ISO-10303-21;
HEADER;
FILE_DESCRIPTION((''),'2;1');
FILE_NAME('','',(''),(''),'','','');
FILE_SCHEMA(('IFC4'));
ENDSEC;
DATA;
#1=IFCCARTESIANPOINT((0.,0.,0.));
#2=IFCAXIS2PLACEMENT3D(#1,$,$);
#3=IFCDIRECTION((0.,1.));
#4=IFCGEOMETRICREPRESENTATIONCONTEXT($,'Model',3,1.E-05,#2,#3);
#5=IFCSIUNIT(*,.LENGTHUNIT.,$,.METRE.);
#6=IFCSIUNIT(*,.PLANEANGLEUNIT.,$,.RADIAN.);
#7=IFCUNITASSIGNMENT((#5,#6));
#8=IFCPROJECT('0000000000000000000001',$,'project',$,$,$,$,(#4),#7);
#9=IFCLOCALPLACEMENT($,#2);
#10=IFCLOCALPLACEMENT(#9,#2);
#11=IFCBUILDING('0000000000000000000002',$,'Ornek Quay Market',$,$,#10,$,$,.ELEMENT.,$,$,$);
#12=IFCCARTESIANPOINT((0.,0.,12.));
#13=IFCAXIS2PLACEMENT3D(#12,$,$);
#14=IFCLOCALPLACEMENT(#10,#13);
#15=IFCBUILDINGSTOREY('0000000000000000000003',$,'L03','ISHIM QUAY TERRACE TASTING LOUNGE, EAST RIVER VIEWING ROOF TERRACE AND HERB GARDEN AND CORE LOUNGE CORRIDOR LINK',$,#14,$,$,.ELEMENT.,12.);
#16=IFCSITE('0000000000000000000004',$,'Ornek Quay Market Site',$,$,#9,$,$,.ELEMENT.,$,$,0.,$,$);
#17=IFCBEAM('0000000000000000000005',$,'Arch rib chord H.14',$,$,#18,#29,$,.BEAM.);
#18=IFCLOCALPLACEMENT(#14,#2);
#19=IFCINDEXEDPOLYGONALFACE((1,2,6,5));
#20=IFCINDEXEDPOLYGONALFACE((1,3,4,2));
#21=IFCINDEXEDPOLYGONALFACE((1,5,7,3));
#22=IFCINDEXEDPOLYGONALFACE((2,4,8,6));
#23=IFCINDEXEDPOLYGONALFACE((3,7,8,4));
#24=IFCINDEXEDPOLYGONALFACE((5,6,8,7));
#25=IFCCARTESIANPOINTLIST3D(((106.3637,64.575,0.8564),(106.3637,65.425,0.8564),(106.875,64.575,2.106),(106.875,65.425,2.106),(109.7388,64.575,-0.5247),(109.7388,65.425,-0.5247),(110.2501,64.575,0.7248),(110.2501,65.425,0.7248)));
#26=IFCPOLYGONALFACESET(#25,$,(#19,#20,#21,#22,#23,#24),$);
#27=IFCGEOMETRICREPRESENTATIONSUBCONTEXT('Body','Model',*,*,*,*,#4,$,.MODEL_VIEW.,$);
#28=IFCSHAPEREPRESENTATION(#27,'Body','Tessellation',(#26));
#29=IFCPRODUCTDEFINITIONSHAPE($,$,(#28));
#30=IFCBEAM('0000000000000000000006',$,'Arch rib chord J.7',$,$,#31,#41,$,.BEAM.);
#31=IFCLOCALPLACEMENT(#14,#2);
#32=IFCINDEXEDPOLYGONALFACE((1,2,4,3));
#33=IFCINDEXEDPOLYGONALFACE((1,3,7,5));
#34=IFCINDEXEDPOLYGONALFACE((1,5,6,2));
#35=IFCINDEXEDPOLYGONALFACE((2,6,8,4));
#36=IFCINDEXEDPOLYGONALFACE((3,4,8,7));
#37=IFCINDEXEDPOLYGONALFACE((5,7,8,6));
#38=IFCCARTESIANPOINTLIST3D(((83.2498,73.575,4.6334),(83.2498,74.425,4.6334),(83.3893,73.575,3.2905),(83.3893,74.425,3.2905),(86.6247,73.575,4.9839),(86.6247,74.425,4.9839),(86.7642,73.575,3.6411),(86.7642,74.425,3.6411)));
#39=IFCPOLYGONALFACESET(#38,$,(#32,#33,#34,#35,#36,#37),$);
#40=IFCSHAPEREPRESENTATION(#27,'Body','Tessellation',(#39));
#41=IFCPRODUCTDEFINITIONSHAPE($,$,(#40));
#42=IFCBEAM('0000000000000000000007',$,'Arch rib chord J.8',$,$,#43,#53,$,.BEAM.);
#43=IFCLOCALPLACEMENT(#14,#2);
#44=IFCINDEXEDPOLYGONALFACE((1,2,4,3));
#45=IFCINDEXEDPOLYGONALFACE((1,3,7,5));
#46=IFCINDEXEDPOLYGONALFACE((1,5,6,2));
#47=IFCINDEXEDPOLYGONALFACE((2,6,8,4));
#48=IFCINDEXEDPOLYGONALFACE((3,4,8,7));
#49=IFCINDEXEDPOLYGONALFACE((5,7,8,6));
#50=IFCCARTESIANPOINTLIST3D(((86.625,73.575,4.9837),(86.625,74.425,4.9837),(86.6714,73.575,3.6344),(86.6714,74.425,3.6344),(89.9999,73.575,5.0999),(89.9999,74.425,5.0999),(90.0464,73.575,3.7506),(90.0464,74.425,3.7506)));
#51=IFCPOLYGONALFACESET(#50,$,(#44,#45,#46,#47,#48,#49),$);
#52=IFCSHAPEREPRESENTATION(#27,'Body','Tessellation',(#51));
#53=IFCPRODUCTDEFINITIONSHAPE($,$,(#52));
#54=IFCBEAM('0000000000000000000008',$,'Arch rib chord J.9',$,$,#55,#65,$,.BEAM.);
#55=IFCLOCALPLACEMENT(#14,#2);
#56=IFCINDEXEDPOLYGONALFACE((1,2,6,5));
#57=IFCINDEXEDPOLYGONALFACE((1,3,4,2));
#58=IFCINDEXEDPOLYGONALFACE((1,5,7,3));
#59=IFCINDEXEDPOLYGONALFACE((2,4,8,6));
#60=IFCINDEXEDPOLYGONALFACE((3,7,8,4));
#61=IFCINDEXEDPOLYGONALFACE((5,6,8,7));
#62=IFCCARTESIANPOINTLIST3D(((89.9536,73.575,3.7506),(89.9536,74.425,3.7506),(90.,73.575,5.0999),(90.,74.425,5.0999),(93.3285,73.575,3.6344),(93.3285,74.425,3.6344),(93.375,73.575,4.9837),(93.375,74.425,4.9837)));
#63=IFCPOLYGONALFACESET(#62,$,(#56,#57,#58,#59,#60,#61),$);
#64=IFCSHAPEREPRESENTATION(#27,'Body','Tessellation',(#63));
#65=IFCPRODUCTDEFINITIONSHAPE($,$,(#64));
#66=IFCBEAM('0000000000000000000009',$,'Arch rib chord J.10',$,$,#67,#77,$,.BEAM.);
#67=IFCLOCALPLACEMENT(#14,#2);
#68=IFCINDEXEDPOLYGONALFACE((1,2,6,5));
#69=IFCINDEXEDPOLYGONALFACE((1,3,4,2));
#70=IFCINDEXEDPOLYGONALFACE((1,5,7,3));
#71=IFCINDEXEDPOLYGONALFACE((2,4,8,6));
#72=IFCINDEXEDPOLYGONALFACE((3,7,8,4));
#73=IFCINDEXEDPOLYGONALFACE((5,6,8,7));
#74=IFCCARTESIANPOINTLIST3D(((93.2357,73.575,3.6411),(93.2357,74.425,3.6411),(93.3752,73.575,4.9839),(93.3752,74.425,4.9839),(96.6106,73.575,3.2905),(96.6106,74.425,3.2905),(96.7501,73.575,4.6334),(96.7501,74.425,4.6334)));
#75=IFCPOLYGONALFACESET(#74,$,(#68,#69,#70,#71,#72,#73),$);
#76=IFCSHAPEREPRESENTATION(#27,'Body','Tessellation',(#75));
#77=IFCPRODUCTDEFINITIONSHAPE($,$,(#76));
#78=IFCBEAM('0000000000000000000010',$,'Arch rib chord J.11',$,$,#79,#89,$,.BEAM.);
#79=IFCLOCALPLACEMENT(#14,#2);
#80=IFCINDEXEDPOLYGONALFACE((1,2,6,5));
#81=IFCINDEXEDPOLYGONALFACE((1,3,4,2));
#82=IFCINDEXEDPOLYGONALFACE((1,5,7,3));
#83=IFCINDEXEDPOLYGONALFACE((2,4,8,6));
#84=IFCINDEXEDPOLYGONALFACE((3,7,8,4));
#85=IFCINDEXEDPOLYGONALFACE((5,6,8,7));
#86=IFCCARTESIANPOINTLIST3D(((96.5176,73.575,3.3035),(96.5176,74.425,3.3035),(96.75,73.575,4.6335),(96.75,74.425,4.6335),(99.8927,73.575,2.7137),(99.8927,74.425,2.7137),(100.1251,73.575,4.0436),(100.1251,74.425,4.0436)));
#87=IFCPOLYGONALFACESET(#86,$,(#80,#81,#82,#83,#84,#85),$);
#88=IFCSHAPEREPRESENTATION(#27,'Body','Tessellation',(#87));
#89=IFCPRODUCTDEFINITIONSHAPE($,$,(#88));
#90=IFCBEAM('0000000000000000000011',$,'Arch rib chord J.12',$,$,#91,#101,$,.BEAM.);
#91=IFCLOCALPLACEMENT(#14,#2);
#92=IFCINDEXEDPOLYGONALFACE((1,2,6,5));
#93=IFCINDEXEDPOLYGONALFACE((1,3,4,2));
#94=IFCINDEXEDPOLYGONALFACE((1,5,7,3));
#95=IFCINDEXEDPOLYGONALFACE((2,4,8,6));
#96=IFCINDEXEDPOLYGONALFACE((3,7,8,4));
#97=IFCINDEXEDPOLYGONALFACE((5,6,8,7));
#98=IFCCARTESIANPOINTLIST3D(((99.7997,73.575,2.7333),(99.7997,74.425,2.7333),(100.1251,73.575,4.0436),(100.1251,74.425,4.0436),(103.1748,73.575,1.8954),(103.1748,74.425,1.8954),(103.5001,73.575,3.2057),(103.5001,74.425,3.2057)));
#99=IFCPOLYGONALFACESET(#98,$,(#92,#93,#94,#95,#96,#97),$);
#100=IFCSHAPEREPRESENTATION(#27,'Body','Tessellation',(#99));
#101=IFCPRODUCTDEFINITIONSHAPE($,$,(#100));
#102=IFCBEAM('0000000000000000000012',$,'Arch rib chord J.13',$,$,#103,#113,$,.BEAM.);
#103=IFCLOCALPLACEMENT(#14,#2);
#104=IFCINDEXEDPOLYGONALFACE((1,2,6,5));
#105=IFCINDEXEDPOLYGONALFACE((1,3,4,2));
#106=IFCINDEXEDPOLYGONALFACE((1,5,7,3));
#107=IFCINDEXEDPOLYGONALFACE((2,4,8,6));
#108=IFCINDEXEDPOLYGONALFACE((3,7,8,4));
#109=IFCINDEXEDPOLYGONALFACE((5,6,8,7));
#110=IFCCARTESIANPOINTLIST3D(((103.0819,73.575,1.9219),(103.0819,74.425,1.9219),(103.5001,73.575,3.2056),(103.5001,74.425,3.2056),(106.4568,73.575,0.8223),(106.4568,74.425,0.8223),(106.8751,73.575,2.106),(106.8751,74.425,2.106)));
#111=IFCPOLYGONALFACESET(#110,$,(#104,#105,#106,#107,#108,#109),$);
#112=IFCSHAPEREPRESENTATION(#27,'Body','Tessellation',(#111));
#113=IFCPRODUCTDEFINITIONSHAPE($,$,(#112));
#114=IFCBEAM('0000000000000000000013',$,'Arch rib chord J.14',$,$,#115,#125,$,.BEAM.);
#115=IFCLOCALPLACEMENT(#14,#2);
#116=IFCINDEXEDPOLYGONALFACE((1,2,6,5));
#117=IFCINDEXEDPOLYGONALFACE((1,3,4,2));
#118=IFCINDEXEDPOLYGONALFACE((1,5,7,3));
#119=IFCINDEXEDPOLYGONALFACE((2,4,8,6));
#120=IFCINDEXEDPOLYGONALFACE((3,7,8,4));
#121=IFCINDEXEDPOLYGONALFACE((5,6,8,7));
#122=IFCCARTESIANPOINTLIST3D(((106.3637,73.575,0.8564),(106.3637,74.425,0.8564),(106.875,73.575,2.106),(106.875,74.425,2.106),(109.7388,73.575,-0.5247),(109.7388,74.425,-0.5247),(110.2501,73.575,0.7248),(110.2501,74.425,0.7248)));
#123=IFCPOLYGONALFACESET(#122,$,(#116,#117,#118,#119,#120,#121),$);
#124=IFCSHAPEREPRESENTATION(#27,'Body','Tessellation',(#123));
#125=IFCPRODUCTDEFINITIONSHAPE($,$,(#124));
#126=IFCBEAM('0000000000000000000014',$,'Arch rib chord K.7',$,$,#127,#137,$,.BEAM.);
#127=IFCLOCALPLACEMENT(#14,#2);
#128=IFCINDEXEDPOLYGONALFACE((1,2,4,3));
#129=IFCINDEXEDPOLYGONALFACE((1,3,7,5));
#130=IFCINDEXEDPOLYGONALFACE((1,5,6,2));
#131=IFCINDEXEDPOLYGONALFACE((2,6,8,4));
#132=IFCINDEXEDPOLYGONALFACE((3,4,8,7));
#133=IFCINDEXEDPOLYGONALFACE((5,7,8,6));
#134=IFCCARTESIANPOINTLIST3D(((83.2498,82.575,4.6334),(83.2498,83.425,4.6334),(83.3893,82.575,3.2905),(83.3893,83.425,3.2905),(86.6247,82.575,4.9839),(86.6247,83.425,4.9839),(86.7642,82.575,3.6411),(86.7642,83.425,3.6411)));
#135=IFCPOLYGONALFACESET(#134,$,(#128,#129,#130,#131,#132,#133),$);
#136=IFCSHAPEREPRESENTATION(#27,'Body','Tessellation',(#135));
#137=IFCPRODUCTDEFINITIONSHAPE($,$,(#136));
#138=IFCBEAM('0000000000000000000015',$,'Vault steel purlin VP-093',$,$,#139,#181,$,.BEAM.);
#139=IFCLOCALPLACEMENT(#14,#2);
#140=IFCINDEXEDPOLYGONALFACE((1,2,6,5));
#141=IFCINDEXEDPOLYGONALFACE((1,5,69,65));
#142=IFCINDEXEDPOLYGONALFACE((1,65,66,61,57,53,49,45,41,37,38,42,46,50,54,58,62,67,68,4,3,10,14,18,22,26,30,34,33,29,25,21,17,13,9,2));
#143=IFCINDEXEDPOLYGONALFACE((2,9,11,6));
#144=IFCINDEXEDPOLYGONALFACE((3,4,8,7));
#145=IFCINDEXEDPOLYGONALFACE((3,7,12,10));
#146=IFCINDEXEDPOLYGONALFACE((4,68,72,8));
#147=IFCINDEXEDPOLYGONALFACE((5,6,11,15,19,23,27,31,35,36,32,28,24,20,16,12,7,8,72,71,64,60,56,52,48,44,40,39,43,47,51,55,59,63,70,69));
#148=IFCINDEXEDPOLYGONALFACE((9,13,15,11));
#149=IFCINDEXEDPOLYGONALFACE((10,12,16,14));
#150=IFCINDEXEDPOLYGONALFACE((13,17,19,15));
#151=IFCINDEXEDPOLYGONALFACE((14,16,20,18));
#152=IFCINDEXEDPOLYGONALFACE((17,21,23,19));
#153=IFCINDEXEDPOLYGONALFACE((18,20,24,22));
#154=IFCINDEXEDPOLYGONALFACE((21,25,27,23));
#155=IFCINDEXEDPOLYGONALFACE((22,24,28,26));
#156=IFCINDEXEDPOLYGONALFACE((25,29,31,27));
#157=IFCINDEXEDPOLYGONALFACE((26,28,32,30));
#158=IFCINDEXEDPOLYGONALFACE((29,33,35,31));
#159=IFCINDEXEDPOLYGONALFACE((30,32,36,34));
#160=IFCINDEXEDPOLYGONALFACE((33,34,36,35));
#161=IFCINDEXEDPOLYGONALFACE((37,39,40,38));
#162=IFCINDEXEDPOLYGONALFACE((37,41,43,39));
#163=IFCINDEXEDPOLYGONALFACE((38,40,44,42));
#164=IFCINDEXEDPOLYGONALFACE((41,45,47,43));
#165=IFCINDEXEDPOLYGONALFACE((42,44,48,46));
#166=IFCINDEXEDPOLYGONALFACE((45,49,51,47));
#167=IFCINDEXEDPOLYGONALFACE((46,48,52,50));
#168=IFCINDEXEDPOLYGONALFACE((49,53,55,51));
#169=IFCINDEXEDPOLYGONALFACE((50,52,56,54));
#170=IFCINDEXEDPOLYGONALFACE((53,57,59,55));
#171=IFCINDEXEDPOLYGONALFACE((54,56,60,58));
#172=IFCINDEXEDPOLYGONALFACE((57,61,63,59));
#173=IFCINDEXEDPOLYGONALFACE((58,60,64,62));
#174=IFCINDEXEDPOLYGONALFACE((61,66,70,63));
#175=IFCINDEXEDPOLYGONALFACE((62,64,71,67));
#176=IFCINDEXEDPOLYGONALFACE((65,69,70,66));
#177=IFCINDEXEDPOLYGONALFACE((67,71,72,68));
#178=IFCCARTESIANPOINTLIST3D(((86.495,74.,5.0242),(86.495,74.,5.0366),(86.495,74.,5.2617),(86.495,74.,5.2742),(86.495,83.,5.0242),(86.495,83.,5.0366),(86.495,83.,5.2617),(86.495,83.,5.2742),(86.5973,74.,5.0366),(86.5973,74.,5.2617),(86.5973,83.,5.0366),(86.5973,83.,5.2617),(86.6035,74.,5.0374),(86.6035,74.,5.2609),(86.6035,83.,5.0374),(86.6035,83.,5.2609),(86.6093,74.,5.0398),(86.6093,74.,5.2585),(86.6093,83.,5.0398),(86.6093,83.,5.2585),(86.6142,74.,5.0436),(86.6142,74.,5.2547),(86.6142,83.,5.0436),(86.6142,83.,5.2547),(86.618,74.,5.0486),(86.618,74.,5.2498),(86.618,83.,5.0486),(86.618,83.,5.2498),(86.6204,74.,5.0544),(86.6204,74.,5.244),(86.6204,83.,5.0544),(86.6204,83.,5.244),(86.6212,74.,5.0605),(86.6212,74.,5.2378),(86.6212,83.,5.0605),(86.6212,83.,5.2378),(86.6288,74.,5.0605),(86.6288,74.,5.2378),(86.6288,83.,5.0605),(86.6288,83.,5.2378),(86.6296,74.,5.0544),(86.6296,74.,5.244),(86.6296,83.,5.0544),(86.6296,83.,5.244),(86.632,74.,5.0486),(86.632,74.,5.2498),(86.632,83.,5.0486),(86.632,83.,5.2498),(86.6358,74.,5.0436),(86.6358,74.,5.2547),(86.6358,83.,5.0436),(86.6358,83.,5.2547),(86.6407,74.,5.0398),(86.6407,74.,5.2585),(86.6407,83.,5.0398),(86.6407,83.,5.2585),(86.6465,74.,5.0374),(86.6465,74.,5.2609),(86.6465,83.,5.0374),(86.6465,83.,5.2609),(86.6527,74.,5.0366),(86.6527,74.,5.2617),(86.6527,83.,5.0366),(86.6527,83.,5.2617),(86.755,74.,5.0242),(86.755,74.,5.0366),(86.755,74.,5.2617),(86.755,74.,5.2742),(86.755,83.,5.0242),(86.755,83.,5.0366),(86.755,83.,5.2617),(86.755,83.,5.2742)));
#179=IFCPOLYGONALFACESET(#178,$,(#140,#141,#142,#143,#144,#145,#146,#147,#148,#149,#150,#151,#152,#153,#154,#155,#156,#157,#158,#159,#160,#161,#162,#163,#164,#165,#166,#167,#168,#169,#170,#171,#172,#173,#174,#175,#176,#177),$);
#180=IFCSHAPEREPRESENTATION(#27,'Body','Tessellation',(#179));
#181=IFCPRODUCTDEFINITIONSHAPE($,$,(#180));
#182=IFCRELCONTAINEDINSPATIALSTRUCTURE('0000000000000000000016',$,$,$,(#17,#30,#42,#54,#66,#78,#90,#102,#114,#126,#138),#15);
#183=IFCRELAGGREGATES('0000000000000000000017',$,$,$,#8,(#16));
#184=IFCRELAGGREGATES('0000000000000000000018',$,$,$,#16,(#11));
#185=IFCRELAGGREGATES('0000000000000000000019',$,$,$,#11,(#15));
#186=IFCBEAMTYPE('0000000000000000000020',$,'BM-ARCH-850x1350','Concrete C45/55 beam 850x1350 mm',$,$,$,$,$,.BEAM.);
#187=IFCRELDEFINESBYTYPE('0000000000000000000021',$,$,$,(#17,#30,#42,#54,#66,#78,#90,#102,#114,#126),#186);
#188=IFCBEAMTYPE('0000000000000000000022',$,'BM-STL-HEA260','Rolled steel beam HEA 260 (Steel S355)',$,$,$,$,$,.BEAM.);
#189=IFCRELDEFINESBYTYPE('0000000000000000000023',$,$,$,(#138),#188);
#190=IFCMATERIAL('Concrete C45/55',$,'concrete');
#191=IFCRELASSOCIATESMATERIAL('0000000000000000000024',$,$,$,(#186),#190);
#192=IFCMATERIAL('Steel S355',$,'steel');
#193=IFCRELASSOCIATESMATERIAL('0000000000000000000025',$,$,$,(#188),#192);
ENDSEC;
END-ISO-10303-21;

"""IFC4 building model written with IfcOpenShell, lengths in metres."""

from ifc_helpers import new_model, si_unit, direction, frame, origin, origin_2d, place, context, subcontext, project, spatial, rectangle, i_section, extrude, material, material_profile, profile_set, type_object, element, save


model = new_model("IFC4")

# Units and contexts
model_context = context("Model", 3, precision=1e-05, world=origin(), true_north=direction((0.0, 1.0)))
body_context = subcontext(model_context, "Body", "Model", "MODEL_VIEW")
ifc_project = project(units=[si_unit("LENGTHUNIT", "METRE"), si_unit("PLANEANGLEUNIT", "RADIAN")], contexts=[model_context])

# Site, building, storey
site_placement = place(None, origin())
site = spatial("IfcSite", under=ifc_project, at=site_placement, Name="Ornek Quay Market Site", CompositionType="ELEMENT", RefElevation=0.0)
building_placement = place(site_placement, origin())
building = spatial("IfcBuilding", under=site, at=building_placement, Name="Ornek Quay Market", CompositionType="ELEMENT")
storey_placement = place(building_placement, frame((0.0, 0.0, 12.0)))
storey = spatial("IfcBuildingStorey", under=building, at=storey_placement, Name="L03", Description="ISHIM QUAY TERRACE TASTING LOUNGE, EAST RIVER VIEWING ROOF TERRACE AND HERB GARDEN AND CORE LOUNGE CORRIDOR LINK", CompositionType="ELEMENT", Elevation=12.0)

# Beams
ifc_material_1 = material(Name="Concrete C45/55", Category="concrete")
ifc_material_profile_1 = material_profile(ifc_material_1, rectangle(XDim=0.8501, YDim=1.3501, at=origin_2d()), Name="RC 850x1350", Category="concrete")
ifc_profile_set_1 = profile_set([ifc_material_profile_1], Name="Concrete C45/55")
beam_type_1 = type_object("IfcBeamType", Name="BM-ARCH-850x1350", Description="Concrete C45/55 beam 850x1350 mm", PredefinedType="BEAM", material=ifc_profile_set_1)
beam_1_placement = place(storey_placement, frame((106.6194, 65.0, 1.4812), z_axis=(0.925506, 0.0, -0.378732), x_axis=(0.0, 1.0, 0.0)))
element("IfcBeam", 1, at=beam_1_placement, inside=storey, type_object=beam_type_1, Name="Arch rib chord H.14", PredefinedType="BEAM", context=body_context, shape_type="SweptSolid", body=[
    extrude(rectangle(XDim=0.8501, YDim=1.3501, at=origin_2d()), origin(), (0.0, 0.0, 1.0), 3.6467),
])
beam_2_placement = place(storey_placement, frame((83.3196, 74.0, 3.9619), z_axis=(0.994648, 0.0, 0.103321), x_axis=(0.0, 1.0, 0.0)))
element("IfcBeam", 2, at=beam_2_placement, inside=storey, type_object=beam_type_1, Name="Arch rib chord J.7", PredefinedType="BEAM", context=body_context, shape_type="SweptSolid", body=[
    extrude(rectangle(XDim=0.8501, YDim=1.3501, at=origin_2d()), origin(), (0.0, 0.0, 1.0), 3.3931),
])
for number, where, z_axis, x_axis, name in (
    (3, (86.6482, 74.0, 4.3091), (0.999408, 0.0, 0.034412), (0.0, 1.0, 0.0), "Arch rib chord J.8"),
    (4, (89.9768, 74.0, 4.4253), (0.999408, 0.0, -0.034412), (0.0, 1.0, 0.0), "Arch rib chord J.9"),
):
    element("IfcBeam", number, at=place(storey_placement, frame(where, z_axis=z_axis, x_axis=x_axis)), inside=storey, type_object=beam_type_1, Name=name, PredefinedType="BEAM", context=body_context, shape_type="SweptSolid", body=[
        extrude(rectangle(XDim=0.8501, YDim=1.3501, at=origin_2d()), origin(), (0.0, 0.0, 1.0), 3.377),
    ])
beam_3_placement = place(storey_placement, frame((93.3054, 74.0, 4.3125), z_axis=(0.994648, 0.0, -0.103321), x_axis=(0.0, 1.0, 0.0)))
element("IfcBeam", 5, at=beam_3_placement, inside=storey, type_object=beam_type_1, Name="Arch rib chord J.10", PredefinedType="BEAM", context=body_context, shape_type="SweptSolid", body=[
    extrude(rectangle(XDim=0.8501, YDim=1.3501, at=origin_2d()), origin(), (0.0, 0.0, 1.0), 3.3931),
])
beam_4_placement = place(storey_placement, frame((96.6338, 74.0, 3.9685), z_axis=(0.985069, 0.0, -0.172159), x_axis=(0.0, 1.0, 0.0)))
element("IfcBeam", 6, at=beam_4_placement, inside=storey, type_object=beam_type_1, Name="Arch rib chord J.11", PredefinedType="BEAM", context=body_context, shape_type="SweptSolid", body=[
    extrude(rectangle(XDim=0.8501, YDim=1.3501, at=origin_2d()), origin(), (0.0, 0.0, 1.0), 3.4263),
])
beam_5_placement = place(storey_placement, frame((99.9624, 74.0, 3.3884), z_axis=(0.970538, 0.0, -0.240949), x_axis=(0.0, 1.0, 0.0)))
element("IfcBeam", 7, at=beam_5_placement, inside=storey, type_object=beam_type_1, Name="Arch rib chord J.12", PredefinedType="BEAM", context=body_context, shape_type="SweptSolid", body=[
    extrude(rectangle(XDim=0.8501, YDim=1.3501, at=origin_2d()), origin(), (0.0, 0.0, 1.0), 3.4775),
])
beam_6_placement = place(storey_placement, frame((103.291, 74.0, 2.5637), z_axis=(0.950807, 0.0, -0.309783), x_axis=(0.0, 1.0, 0.0)))
element("IfcBeam", 8, at=beam_6_placement, inside=storey, type_object=beam_type_1, Name="Arch rib chord J.13", PredefinedType="BEAM", context=body_context, shape_type="SweptSolid", body=[
    extrude(rectangle(XDim=0.8501, YDim=1.3501, at=origin_2d()), origin(), (0.0, 0.0, 1.0), 3.5496),
])
beam_7_placement = place(storey_placement, frame((106.6194, 74.0, 1.4812), z_axis=(0.925506, 0.0, -0.378732), x_axis=(0.0, 1.0, 0.0)))
element("IfcBeam", 9, at=beam_7_placement, inside=storey, type_object=beam_type_1, Name="Arch rib chord J.14", PredefinedType="BEAM", context=body_context, shape_type="SweptSolid", body=[
    extrude(rectangle(XDim=0.8501, YDim=1.3501, at=origin_2d()), origin(), (0.0, 0.0, 1.0), 3.6467),
])
beam_8_placement = place(storey_placement, frame((83.3196, 83.0, 3.9619), z_axis=(0.994648, 0.0, 0.103321), x_axis=(0.0, 1.0, 0.0)))
element("IfcBeam", 10, at=beam_8_placement, inside=storey, type_object=beam_type_1, Name="Arch rib chord K.7", PredefinedType="BEAM", context=body_context, shape_type="SweptSolid", body=[
    extrude(rectangle(XDim=0.8501, YDim=1.3501, at=origin_2d()), origin(), (0.0, 0.0, 1.0), 3.3931),
])
ifc_material_2 = material(Name="Steel S355", Category="steel")
ifc_material_profile_2 = material_profile(ifc_material_2, i_section(OverallWidth=0.26, OverallDepth=0.25, WebThickness=0.0076, FlangeThickness=0.0125, FilletRadius=0.0239, at=origin_2d()), Name="HEA 260", Category="steel")
ifc_profile_set_2 = profile_set([ifc_material_profile_2], Name="Steel S355")
beam_type_2 = type_object("IfcBeamType", Name="BM-STL-HEA260", Description="Rolled steel beam HEA 260 (Steel S355)", PredefinedType="BEAM", material=ifc_profile_set_2)
for number, where, z_axis, x_axis, name in (
    (11, (86.625, 74.0, 5.1492), (0.0, 1.0, 0.0), (-1.0, 0.0, 0.0), "Vault steel purlin VP-093"),
):
    element("IfcBeam", number, at=place(storey_placement, frame(where, z_axis=z_axis, x_axis=x_axis)), inside=storey, type_object=beam_type_2, Name=name, PredefinedType="BEAM", context=body_context, shape_type="SweptSolid", body=[
        extrude(i_section(OverallWidth=0.26, OverallDepth=0.25, WebThickness=0.0076, FlangeThickness=0.0125, FilletRadius=0.0239, at=origin_2d()), origin(), (0.0, 0.0, 1.0), 9.0),
    ])

save(model, "model.ifc")
